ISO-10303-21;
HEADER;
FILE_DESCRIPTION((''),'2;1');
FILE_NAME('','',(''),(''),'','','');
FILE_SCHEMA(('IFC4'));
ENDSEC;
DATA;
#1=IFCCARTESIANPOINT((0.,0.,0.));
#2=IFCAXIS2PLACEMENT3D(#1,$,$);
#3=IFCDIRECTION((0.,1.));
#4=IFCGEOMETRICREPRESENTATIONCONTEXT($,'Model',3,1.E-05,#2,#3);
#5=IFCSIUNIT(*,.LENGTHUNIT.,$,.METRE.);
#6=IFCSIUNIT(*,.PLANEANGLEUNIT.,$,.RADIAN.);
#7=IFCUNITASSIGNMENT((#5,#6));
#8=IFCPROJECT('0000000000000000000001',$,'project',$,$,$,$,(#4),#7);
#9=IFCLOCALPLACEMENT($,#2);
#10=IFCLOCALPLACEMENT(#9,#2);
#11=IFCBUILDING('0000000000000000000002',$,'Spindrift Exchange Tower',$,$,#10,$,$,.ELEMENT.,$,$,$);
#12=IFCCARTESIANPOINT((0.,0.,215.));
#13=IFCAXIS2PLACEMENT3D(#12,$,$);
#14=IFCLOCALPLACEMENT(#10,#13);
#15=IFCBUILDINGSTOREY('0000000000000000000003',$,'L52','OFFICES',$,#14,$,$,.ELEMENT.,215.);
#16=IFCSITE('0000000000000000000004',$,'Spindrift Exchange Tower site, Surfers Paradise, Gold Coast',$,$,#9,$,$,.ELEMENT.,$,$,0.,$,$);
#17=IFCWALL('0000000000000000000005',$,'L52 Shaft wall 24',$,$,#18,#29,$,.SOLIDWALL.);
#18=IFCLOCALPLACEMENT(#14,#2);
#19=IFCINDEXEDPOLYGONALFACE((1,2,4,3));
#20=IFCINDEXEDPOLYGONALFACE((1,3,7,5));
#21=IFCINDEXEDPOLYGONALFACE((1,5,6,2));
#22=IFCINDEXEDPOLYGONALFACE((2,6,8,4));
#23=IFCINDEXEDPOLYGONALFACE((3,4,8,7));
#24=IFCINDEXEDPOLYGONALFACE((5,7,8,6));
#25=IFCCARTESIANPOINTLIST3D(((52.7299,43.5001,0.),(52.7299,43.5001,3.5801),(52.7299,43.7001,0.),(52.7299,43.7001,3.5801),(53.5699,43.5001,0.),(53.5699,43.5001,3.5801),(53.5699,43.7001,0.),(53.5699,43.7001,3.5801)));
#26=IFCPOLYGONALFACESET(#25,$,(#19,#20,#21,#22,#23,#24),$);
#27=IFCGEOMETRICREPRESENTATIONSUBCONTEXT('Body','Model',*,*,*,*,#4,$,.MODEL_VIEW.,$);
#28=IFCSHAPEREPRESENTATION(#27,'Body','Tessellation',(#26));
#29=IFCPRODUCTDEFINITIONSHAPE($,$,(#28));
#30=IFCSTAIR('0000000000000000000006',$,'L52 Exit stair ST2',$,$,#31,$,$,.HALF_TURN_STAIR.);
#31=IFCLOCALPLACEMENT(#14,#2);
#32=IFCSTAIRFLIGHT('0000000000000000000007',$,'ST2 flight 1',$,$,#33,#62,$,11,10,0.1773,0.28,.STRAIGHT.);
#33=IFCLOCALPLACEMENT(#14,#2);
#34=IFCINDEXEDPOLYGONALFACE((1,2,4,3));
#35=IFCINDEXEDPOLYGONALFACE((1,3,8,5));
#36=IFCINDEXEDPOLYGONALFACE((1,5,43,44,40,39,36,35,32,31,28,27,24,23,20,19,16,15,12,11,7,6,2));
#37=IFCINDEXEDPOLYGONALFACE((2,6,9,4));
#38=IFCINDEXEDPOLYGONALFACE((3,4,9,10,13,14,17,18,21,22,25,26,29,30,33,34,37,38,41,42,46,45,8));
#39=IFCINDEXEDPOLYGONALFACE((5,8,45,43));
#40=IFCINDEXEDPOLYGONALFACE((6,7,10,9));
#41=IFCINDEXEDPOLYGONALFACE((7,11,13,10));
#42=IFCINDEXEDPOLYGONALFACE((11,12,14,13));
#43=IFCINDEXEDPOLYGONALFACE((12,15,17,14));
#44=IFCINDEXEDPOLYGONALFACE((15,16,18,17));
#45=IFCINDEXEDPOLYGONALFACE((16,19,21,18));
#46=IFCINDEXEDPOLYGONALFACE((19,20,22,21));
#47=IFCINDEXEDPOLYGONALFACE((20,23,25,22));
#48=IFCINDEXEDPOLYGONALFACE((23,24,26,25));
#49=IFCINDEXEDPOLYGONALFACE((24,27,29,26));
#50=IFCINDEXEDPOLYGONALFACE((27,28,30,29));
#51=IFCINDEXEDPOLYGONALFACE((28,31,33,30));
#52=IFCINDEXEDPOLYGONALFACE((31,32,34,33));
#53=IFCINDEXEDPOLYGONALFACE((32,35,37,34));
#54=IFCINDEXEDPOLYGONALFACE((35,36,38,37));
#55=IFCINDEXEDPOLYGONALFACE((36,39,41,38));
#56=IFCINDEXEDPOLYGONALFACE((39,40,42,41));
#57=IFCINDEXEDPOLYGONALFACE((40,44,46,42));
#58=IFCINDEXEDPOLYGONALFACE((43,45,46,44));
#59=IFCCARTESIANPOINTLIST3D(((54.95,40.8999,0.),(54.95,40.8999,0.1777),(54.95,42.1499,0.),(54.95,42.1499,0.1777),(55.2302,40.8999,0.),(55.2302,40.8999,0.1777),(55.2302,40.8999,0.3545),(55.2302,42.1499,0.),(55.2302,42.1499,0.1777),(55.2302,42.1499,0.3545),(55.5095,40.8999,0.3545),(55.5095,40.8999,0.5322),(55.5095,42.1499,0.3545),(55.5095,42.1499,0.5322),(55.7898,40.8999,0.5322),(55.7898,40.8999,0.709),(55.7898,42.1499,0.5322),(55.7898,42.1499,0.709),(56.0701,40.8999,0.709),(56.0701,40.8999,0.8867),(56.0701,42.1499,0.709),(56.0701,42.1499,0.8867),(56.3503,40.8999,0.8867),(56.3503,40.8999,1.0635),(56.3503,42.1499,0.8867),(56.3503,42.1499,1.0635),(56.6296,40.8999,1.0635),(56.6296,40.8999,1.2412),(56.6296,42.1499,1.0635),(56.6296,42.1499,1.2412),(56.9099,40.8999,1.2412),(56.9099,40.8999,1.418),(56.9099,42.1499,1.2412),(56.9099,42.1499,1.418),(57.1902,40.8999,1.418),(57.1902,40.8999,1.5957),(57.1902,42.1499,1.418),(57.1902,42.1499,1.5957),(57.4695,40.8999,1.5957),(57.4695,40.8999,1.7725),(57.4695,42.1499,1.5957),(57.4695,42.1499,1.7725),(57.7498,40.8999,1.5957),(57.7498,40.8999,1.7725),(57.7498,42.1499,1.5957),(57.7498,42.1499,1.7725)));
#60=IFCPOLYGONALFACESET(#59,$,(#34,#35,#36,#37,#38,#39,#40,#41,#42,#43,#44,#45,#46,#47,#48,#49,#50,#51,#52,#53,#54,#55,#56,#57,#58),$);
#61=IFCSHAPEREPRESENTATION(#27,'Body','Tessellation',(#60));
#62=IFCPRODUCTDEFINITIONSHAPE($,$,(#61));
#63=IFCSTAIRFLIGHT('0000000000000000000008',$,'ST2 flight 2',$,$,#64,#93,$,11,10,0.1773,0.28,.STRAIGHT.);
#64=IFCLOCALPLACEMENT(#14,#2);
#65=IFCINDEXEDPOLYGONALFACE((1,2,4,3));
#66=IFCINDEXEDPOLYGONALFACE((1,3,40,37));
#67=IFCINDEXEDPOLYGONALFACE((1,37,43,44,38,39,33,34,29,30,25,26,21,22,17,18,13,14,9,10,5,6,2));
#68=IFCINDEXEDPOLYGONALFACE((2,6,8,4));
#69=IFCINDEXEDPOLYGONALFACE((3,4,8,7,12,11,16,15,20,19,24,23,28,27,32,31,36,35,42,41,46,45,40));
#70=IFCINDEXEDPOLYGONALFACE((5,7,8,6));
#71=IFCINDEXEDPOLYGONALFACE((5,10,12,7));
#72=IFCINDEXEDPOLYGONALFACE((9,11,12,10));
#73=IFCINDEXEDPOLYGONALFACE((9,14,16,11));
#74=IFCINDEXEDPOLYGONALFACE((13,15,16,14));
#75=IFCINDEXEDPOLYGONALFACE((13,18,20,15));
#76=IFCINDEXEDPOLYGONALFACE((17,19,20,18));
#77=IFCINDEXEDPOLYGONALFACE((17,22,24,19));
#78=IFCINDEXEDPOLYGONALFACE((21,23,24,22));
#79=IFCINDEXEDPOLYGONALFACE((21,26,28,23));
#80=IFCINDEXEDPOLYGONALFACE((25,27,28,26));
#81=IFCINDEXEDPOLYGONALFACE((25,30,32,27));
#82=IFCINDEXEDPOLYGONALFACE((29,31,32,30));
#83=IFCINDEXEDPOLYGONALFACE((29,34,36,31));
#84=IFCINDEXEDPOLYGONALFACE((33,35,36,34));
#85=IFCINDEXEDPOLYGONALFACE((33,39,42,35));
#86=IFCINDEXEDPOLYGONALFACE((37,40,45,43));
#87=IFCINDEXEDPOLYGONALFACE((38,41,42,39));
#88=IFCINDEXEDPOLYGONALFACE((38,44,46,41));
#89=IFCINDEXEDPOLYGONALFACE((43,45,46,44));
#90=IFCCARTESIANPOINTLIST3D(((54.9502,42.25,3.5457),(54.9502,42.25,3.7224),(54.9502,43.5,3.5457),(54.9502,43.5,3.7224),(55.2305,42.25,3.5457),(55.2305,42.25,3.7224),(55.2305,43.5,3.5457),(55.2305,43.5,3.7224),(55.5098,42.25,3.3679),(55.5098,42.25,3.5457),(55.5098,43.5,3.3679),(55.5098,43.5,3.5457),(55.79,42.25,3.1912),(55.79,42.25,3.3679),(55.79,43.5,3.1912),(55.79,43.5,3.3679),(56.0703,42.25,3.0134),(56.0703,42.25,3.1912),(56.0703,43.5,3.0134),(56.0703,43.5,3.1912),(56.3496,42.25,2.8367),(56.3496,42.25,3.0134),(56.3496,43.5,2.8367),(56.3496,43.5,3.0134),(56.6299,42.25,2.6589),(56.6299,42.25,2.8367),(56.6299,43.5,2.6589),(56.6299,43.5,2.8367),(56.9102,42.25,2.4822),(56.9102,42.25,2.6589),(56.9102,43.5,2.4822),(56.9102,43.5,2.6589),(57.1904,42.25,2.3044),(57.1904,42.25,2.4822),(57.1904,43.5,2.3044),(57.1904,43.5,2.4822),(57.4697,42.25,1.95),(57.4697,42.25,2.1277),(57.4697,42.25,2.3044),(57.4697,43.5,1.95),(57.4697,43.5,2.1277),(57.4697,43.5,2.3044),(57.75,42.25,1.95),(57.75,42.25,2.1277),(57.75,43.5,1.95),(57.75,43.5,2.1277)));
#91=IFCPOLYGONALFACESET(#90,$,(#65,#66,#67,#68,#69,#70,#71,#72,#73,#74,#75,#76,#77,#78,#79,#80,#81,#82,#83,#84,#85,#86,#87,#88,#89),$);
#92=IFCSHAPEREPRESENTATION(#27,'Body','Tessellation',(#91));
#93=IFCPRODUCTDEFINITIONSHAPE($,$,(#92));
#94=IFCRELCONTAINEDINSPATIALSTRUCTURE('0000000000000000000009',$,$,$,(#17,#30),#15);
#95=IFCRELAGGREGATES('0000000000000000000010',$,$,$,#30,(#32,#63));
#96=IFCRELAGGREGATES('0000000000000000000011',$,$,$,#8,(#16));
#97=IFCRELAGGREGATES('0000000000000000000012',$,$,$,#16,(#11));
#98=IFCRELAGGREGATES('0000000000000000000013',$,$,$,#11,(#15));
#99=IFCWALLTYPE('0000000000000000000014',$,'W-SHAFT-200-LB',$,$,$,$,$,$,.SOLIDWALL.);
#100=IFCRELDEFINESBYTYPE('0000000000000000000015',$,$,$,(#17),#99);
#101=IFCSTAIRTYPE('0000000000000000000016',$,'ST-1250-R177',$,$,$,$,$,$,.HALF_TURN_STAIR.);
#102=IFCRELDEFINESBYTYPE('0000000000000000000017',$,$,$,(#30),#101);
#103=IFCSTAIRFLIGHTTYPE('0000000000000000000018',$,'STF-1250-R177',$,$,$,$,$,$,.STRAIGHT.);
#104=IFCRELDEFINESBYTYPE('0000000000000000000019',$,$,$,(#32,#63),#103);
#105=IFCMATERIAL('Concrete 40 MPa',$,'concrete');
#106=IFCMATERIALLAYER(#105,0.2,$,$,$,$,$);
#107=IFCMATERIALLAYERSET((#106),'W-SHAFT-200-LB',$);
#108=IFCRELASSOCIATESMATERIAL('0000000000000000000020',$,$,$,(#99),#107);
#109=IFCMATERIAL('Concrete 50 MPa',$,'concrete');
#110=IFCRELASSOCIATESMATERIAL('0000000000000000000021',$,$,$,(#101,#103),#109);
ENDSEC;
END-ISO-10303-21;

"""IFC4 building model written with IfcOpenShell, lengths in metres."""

from ifc_helpers import new_model, si_unit, direction, frame, frame_2d, origin, place, context, subcontext, project, spatial, line, indexed_curve, rectangle, outline, extrude, material, layer, layer_set, type_object, element, aggregate, save


model = new_model("IFC4")

# Units and contexts
model_context = context("Model", 3, precision=1e-05, world=origin(), true_north=direction((0.0, 1.0)))
body_context = subcontext(model_context, "Body", "Model", "MODEL_VIEW")
ifc_project = project(units=[si_unit("LENGTHUNIT", "METRE"), si_unit("PLANEANGLEUNIT", "RADIAN")], contexts=[model_context])

# Site, building, storey
site_placement = place(None, origin())
site = spatial("IfcSite", under=ifc_project, at=site_placement, Name="Spindrift Exchange Tower site, Surfers Paradise, Gold Coast", CompositionType="ELEMENT", RefElevation=0.0)
building_placement = place(site_placement, origin())
building = spatial("IfcBuilding", under=site, at=building_placement, Name="Spindrift Exchange Tower", CompositionType="ELEMENT")
storey_placement = place(building_placement, frame((0.0, 0.0, 215.0)))
storey = spatial("IfcBuildingStorey", under=building, at=storey_placement, Name="L52", Description="OFFICES", CompositionType="ELEMENT", Elevation=215.0)

# Shared definitions
ifc_material_1 = material(Name="Concrete 50 MPa", Category="concrete")
ifc_material_2 = material(Name="Concrete 40 MPa", Category="concrete")
ifc_layer_1 = layer(ifc_material_2, 0.2)
ifc_layer_set_1 = layer_set([ifc_layer_1], Name="W-SHAFT-200-LB")
wall_type_1 = type_object("IfcWallType", Name="W-SHAFT-200-LB", PredefinedType="SOLIDWALL", material=ifc_layer_set_1)

# Wall
wall_1_placement = place(storey_placement, frame((52.73, 43.6001, 0.0), z_axis=(0.0, 0.0, 1.0), x_axis=(1.0, 0.0, 0.0)))
element("IfcWall", 1, at=wall_1_placement, inside=storey, type_object=wall_type_1, Name="L52 Shaft wall 24", PredefinedType="SOLIDWALL", context=body_context, shape_type="SweptSolid", body=[
    extrude(rectangle(XDim=0.8401, YDim=0.2, at=frame_2d((0.4199, 0.0))), origin(), (0.0, 0.0, 1.0), 3.5801),
])

# Stair, stair flights
stair_type = type_object("IfcStairType", Name="ST-1250-R177", PredefinedType="HALF_TURN_STAIR", material=ifc_material_1)
stair_placement = place(storey_placement, origin())
stair = element("IfcStair", 2, at=stair_placement, inside=storey, type_object=stair_type, Name="L52 Exit stair ST2", PredefinedType="HALF_TURN_STAIR")
stair_flight_type = type_object("IfcStairFlightType", Name="STF-1250-R177", PredefinedType="STRAIGHT", material=ifc_material_1)
stair_flight_1_placement = place(storey_placement, frame((54.95, 41.5249, 0.0), z_axis=(0.0, 0.0, 1.0), x_axis=(1.0, 0.0, 0.0)))
stair_flight_1 = element("IfcStairFlight", 3, at=stair_flight_1_placement, type_object=stair_flight_type, Name="ST2 flight 1", NumberOfRisers=11, NumberOfTreads=10, PredefinedType="STRAIGHT", RiserHeight=0.1773, TreadLength=0.28, context=body_context, shape_type="SweptSolid", body=[
    extrude(outline(indexed_curve([(0.0, 0.0), (0.0, 0.1777), (0.2803, 0.1777), (0.2803, 0.3545), (0.5596, 0.3545), (0.5596, 0.5322), (0.8398, 0.5322), (0.8398, 0.709), (1.1201, 0.709), (1.1201, 0.8867), (1.4004, 0.8867), (1.4004, 1.0635), (1.6797, 1.0635), (1.6797, 1.2412), (1.96, 1.2412), (1.96, 1.418), (2.2402, 1.418), (2.2402, 1.5957), (2.5195, 1.5957), (2.5195, 1.7725), (2.7998, 1.7725), (2.7998, 1.9502), (2.7998, 1.5957), (0.2803, 0.0)], segments=[line(1, 2, 3, 4, 5, 6, 7, 8, 9, 10, 11, 12, 13, 14, 15, 16, 17, 18, 19, 20, 21, 22, 23, 24, 1)], self_intersect=False)), frame((0.0, 0.625, 0.0), z_axis=(0.0, -1.0, 0.0), x_axis=(1.0, 0.0, 0.0)), (0.0, 0.0, 1.0), 1.25),
])
stair_flight_2_placement = place(storey_placement, frame((57.75, 42.875, 1.95), z_axis=(0.0, 0.0, 1.0), x_axis=(-1.0, 0.0, 0.0)))
stair_flight_2 = element("IfcStairFlight", 4, at=stair_flight_2_placement, type_object=stair_flight_type, Name="ST2 flight 2", NumberOfRisers=11, NumberOfTreads=10, PredefinedType="STRAIGHT", RiserHeight=0.1773, TreadLength=0.28, context=body_context, shape_type="SweptSolid", body=[
    extrude(outline(indexed_curve([(0.0, 0.0), (0.0, 0.1777), (0.2803, 0.1777), (0.2803, 0.3545), (0.5596, 0.3545), (0.5596, 0.5322), (0.8398, 0.5322), (0.8398, 0.709), (1.1201, 0.709), (1.1201, 0.8867), (1.4004, 0.8867), (1.4004, 1.0635), (1.6797, 1.0635), (1.6797, 1.2412), (1.96, 1.2412), (1.96, 1.418), (2.2402, 1.418), (2.2402, 1.5957), (2.5195, 1.5957), (2.5195, 1.7725), (2.7998, 1.7725), (2.7998, 1.9502), (2.7998, 1.5957), (0.2803, 0.0)], segments=[line(1, 2, 3, 4, 5, 6, 7, 8, 9, 10, 11, 12, 13, 14, 15, 16, 17, 18, 19, 20, 21, 22, 23, 24, 1)], self_intersect=False)), frame((0.0, 0.625, 0.0), z_axis=(0.0, -1.0, 0.0), x_axis=(1.0, 0.0, 0.0)), (0.0, 0.0, 1.0), 1.25),
])
aggregate(stair, [stair_flight_1, stair_flight_2])

save(model, "model.ifc")
